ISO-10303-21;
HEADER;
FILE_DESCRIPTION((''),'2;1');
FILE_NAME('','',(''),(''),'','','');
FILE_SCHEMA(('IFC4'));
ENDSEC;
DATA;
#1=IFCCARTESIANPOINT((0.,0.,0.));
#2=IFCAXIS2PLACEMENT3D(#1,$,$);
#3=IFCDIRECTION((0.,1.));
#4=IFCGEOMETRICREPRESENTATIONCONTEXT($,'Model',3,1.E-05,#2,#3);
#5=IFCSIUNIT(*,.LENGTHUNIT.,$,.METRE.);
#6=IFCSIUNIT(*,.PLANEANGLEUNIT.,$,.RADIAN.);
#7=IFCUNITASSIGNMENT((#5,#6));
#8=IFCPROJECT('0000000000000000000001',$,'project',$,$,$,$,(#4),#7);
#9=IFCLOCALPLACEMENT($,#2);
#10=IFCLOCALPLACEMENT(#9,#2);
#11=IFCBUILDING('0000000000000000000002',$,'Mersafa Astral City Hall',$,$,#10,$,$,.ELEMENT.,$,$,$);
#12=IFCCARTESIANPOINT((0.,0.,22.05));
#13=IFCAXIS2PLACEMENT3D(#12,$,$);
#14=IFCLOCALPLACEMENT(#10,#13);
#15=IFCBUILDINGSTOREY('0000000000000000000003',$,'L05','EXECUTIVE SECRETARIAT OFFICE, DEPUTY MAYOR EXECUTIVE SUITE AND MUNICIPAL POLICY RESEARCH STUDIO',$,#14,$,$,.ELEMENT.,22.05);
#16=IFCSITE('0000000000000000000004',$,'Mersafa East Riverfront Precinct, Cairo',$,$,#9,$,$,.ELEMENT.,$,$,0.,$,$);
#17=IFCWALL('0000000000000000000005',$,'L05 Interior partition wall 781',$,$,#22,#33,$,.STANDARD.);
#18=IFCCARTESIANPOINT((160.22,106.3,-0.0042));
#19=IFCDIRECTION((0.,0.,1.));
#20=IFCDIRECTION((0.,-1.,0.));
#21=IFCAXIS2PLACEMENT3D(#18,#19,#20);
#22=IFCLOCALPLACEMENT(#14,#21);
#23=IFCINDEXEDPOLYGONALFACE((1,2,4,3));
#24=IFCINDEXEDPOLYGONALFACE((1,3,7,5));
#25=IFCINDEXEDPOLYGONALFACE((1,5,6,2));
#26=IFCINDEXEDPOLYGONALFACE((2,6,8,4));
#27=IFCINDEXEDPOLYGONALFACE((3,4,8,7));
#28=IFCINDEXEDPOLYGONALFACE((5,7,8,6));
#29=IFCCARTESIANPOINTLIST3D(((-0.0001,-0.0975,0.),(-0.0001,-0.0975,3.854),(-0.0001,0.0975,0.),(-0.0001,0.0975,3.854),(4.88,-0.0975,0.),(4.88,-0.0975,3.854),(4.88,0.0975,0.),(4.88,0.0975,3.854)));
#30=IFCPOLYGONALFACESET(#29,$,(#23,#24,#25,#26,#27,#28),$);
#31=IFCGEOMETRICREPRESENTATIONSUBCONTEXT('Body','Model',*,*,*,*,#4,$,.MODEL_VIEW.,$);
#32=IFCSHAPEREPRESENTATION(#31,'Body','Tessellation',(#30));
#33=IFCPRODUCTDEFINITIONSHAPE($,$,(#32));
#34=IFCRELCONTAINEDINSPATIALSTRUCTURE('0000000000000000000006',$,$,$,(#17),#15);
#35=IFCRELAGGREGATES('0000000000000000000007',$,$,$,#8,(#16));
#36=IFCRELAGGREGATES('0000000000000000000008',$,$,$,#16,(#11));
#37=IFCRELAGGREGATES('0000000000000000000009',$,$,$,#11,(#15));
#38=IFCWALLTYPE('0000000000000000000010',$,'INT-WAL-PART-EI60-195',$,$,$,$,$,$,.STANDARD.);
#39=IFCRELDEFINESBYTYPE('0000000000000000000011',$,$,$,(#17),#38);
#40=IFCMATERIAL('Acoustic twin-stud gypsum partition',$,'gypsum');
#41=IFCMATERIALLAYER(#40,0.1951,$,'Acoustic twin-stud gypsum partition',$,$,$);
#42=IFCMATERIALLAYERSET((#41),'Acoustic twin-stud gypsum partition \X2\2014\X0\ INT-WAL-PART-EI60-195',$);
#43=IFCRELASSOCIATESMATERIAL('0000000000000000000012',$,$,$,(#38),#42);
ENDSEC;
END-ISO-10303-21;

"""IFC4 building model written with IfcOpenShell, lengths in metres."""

from ifc_helpers import new_model, si_unit, direction, frame, frame_2d, origin, place, context, subcontext, project, spatial, rectangle, extrude, material, layer, layer_set, type_object, element, save


model = new_model("IFC4")

# Units and contexts
model_context = context("Model", 3, precision=1e-05, world=origin(), true_north=direction((0.0, 1.0)))
body_context = subcontext(model_context, "Body", "Model", "MODEL_VIEW")
ifc_project = project(units=[si_unit("LENGTHUNIT", "METRE"), si_unit("PLANEANGLEUNIT", "RADIAN")], contexts=[model_context])

# Site, building, storey
site_placement = place(None, origin())
site = spatial("IfcSite", under=ifc_project, at=site_placement, Name="Mersafa East Riverfront Precinct, Cairo", CompositionType="ELEMENT", RefElevation=0.0)
building_placement = place(site_placement, origin())
building = spatial("IfcBuilding", under=site, at=building_placement, Name="Mersafa Astral City Hall", CompositionType="ELEMENT")
storey_placement = place(building_placement, frame((0.0, 0.0, 22.05)))
storey = spatial("IfcBuildingStorey", under=building, at=storey_placement, Name="L05", Description="EXECUTIVE SECRETARIAT OFFICE, DEPUTY MAYOR EXECUTIVE SUITE AND MUNICIPAL POLICY RESEARCH STUDIO", CompositionType="ELEMENT", Elevation=22.05)

# Wall
ifc_material_1 = material(Name="Acoustic twin-stud gypsum partition", Category="gypsum")
ifc_layer_1 = layer(ifc_material_1, 0.1951, Name="Acoustic twin-stud gypsum partition")
ifc_layer_set_1 = layer_set([ifc_layer_1], Name="Acoustic twin-stud gypsum partition — INT-WAL-PART-EI60-195")
wall_type_1 = type_object("IfcWallType", Name="INT-WAL-PART-EI60-195", PredefinedType="STANDARD", material=ifc_layer_set_1)
wall_1_placement = place(storey_placement, frame((160.22, 106.3, -0.0042), z_axis=(0.0, 0.0, 1.0), x_axis=(0.0, -1.0, 0.0)))
element("IfcWall", 1, at=wall_1_placement, inside=storey, type_object=wall_type_1, Name="L05 Interior partition wall 781", PredefinedType="STANDARD", context=body_context, shape_type="SweptSolid", body=[
    extrude(rectangle(XDim=4.8801, YDim=0.1951, at=frame_2d((2.4399, 0.0))), origin(), (0.0, 0.0, 1.0), 3.854),
])

save(model, "model.ifc")
